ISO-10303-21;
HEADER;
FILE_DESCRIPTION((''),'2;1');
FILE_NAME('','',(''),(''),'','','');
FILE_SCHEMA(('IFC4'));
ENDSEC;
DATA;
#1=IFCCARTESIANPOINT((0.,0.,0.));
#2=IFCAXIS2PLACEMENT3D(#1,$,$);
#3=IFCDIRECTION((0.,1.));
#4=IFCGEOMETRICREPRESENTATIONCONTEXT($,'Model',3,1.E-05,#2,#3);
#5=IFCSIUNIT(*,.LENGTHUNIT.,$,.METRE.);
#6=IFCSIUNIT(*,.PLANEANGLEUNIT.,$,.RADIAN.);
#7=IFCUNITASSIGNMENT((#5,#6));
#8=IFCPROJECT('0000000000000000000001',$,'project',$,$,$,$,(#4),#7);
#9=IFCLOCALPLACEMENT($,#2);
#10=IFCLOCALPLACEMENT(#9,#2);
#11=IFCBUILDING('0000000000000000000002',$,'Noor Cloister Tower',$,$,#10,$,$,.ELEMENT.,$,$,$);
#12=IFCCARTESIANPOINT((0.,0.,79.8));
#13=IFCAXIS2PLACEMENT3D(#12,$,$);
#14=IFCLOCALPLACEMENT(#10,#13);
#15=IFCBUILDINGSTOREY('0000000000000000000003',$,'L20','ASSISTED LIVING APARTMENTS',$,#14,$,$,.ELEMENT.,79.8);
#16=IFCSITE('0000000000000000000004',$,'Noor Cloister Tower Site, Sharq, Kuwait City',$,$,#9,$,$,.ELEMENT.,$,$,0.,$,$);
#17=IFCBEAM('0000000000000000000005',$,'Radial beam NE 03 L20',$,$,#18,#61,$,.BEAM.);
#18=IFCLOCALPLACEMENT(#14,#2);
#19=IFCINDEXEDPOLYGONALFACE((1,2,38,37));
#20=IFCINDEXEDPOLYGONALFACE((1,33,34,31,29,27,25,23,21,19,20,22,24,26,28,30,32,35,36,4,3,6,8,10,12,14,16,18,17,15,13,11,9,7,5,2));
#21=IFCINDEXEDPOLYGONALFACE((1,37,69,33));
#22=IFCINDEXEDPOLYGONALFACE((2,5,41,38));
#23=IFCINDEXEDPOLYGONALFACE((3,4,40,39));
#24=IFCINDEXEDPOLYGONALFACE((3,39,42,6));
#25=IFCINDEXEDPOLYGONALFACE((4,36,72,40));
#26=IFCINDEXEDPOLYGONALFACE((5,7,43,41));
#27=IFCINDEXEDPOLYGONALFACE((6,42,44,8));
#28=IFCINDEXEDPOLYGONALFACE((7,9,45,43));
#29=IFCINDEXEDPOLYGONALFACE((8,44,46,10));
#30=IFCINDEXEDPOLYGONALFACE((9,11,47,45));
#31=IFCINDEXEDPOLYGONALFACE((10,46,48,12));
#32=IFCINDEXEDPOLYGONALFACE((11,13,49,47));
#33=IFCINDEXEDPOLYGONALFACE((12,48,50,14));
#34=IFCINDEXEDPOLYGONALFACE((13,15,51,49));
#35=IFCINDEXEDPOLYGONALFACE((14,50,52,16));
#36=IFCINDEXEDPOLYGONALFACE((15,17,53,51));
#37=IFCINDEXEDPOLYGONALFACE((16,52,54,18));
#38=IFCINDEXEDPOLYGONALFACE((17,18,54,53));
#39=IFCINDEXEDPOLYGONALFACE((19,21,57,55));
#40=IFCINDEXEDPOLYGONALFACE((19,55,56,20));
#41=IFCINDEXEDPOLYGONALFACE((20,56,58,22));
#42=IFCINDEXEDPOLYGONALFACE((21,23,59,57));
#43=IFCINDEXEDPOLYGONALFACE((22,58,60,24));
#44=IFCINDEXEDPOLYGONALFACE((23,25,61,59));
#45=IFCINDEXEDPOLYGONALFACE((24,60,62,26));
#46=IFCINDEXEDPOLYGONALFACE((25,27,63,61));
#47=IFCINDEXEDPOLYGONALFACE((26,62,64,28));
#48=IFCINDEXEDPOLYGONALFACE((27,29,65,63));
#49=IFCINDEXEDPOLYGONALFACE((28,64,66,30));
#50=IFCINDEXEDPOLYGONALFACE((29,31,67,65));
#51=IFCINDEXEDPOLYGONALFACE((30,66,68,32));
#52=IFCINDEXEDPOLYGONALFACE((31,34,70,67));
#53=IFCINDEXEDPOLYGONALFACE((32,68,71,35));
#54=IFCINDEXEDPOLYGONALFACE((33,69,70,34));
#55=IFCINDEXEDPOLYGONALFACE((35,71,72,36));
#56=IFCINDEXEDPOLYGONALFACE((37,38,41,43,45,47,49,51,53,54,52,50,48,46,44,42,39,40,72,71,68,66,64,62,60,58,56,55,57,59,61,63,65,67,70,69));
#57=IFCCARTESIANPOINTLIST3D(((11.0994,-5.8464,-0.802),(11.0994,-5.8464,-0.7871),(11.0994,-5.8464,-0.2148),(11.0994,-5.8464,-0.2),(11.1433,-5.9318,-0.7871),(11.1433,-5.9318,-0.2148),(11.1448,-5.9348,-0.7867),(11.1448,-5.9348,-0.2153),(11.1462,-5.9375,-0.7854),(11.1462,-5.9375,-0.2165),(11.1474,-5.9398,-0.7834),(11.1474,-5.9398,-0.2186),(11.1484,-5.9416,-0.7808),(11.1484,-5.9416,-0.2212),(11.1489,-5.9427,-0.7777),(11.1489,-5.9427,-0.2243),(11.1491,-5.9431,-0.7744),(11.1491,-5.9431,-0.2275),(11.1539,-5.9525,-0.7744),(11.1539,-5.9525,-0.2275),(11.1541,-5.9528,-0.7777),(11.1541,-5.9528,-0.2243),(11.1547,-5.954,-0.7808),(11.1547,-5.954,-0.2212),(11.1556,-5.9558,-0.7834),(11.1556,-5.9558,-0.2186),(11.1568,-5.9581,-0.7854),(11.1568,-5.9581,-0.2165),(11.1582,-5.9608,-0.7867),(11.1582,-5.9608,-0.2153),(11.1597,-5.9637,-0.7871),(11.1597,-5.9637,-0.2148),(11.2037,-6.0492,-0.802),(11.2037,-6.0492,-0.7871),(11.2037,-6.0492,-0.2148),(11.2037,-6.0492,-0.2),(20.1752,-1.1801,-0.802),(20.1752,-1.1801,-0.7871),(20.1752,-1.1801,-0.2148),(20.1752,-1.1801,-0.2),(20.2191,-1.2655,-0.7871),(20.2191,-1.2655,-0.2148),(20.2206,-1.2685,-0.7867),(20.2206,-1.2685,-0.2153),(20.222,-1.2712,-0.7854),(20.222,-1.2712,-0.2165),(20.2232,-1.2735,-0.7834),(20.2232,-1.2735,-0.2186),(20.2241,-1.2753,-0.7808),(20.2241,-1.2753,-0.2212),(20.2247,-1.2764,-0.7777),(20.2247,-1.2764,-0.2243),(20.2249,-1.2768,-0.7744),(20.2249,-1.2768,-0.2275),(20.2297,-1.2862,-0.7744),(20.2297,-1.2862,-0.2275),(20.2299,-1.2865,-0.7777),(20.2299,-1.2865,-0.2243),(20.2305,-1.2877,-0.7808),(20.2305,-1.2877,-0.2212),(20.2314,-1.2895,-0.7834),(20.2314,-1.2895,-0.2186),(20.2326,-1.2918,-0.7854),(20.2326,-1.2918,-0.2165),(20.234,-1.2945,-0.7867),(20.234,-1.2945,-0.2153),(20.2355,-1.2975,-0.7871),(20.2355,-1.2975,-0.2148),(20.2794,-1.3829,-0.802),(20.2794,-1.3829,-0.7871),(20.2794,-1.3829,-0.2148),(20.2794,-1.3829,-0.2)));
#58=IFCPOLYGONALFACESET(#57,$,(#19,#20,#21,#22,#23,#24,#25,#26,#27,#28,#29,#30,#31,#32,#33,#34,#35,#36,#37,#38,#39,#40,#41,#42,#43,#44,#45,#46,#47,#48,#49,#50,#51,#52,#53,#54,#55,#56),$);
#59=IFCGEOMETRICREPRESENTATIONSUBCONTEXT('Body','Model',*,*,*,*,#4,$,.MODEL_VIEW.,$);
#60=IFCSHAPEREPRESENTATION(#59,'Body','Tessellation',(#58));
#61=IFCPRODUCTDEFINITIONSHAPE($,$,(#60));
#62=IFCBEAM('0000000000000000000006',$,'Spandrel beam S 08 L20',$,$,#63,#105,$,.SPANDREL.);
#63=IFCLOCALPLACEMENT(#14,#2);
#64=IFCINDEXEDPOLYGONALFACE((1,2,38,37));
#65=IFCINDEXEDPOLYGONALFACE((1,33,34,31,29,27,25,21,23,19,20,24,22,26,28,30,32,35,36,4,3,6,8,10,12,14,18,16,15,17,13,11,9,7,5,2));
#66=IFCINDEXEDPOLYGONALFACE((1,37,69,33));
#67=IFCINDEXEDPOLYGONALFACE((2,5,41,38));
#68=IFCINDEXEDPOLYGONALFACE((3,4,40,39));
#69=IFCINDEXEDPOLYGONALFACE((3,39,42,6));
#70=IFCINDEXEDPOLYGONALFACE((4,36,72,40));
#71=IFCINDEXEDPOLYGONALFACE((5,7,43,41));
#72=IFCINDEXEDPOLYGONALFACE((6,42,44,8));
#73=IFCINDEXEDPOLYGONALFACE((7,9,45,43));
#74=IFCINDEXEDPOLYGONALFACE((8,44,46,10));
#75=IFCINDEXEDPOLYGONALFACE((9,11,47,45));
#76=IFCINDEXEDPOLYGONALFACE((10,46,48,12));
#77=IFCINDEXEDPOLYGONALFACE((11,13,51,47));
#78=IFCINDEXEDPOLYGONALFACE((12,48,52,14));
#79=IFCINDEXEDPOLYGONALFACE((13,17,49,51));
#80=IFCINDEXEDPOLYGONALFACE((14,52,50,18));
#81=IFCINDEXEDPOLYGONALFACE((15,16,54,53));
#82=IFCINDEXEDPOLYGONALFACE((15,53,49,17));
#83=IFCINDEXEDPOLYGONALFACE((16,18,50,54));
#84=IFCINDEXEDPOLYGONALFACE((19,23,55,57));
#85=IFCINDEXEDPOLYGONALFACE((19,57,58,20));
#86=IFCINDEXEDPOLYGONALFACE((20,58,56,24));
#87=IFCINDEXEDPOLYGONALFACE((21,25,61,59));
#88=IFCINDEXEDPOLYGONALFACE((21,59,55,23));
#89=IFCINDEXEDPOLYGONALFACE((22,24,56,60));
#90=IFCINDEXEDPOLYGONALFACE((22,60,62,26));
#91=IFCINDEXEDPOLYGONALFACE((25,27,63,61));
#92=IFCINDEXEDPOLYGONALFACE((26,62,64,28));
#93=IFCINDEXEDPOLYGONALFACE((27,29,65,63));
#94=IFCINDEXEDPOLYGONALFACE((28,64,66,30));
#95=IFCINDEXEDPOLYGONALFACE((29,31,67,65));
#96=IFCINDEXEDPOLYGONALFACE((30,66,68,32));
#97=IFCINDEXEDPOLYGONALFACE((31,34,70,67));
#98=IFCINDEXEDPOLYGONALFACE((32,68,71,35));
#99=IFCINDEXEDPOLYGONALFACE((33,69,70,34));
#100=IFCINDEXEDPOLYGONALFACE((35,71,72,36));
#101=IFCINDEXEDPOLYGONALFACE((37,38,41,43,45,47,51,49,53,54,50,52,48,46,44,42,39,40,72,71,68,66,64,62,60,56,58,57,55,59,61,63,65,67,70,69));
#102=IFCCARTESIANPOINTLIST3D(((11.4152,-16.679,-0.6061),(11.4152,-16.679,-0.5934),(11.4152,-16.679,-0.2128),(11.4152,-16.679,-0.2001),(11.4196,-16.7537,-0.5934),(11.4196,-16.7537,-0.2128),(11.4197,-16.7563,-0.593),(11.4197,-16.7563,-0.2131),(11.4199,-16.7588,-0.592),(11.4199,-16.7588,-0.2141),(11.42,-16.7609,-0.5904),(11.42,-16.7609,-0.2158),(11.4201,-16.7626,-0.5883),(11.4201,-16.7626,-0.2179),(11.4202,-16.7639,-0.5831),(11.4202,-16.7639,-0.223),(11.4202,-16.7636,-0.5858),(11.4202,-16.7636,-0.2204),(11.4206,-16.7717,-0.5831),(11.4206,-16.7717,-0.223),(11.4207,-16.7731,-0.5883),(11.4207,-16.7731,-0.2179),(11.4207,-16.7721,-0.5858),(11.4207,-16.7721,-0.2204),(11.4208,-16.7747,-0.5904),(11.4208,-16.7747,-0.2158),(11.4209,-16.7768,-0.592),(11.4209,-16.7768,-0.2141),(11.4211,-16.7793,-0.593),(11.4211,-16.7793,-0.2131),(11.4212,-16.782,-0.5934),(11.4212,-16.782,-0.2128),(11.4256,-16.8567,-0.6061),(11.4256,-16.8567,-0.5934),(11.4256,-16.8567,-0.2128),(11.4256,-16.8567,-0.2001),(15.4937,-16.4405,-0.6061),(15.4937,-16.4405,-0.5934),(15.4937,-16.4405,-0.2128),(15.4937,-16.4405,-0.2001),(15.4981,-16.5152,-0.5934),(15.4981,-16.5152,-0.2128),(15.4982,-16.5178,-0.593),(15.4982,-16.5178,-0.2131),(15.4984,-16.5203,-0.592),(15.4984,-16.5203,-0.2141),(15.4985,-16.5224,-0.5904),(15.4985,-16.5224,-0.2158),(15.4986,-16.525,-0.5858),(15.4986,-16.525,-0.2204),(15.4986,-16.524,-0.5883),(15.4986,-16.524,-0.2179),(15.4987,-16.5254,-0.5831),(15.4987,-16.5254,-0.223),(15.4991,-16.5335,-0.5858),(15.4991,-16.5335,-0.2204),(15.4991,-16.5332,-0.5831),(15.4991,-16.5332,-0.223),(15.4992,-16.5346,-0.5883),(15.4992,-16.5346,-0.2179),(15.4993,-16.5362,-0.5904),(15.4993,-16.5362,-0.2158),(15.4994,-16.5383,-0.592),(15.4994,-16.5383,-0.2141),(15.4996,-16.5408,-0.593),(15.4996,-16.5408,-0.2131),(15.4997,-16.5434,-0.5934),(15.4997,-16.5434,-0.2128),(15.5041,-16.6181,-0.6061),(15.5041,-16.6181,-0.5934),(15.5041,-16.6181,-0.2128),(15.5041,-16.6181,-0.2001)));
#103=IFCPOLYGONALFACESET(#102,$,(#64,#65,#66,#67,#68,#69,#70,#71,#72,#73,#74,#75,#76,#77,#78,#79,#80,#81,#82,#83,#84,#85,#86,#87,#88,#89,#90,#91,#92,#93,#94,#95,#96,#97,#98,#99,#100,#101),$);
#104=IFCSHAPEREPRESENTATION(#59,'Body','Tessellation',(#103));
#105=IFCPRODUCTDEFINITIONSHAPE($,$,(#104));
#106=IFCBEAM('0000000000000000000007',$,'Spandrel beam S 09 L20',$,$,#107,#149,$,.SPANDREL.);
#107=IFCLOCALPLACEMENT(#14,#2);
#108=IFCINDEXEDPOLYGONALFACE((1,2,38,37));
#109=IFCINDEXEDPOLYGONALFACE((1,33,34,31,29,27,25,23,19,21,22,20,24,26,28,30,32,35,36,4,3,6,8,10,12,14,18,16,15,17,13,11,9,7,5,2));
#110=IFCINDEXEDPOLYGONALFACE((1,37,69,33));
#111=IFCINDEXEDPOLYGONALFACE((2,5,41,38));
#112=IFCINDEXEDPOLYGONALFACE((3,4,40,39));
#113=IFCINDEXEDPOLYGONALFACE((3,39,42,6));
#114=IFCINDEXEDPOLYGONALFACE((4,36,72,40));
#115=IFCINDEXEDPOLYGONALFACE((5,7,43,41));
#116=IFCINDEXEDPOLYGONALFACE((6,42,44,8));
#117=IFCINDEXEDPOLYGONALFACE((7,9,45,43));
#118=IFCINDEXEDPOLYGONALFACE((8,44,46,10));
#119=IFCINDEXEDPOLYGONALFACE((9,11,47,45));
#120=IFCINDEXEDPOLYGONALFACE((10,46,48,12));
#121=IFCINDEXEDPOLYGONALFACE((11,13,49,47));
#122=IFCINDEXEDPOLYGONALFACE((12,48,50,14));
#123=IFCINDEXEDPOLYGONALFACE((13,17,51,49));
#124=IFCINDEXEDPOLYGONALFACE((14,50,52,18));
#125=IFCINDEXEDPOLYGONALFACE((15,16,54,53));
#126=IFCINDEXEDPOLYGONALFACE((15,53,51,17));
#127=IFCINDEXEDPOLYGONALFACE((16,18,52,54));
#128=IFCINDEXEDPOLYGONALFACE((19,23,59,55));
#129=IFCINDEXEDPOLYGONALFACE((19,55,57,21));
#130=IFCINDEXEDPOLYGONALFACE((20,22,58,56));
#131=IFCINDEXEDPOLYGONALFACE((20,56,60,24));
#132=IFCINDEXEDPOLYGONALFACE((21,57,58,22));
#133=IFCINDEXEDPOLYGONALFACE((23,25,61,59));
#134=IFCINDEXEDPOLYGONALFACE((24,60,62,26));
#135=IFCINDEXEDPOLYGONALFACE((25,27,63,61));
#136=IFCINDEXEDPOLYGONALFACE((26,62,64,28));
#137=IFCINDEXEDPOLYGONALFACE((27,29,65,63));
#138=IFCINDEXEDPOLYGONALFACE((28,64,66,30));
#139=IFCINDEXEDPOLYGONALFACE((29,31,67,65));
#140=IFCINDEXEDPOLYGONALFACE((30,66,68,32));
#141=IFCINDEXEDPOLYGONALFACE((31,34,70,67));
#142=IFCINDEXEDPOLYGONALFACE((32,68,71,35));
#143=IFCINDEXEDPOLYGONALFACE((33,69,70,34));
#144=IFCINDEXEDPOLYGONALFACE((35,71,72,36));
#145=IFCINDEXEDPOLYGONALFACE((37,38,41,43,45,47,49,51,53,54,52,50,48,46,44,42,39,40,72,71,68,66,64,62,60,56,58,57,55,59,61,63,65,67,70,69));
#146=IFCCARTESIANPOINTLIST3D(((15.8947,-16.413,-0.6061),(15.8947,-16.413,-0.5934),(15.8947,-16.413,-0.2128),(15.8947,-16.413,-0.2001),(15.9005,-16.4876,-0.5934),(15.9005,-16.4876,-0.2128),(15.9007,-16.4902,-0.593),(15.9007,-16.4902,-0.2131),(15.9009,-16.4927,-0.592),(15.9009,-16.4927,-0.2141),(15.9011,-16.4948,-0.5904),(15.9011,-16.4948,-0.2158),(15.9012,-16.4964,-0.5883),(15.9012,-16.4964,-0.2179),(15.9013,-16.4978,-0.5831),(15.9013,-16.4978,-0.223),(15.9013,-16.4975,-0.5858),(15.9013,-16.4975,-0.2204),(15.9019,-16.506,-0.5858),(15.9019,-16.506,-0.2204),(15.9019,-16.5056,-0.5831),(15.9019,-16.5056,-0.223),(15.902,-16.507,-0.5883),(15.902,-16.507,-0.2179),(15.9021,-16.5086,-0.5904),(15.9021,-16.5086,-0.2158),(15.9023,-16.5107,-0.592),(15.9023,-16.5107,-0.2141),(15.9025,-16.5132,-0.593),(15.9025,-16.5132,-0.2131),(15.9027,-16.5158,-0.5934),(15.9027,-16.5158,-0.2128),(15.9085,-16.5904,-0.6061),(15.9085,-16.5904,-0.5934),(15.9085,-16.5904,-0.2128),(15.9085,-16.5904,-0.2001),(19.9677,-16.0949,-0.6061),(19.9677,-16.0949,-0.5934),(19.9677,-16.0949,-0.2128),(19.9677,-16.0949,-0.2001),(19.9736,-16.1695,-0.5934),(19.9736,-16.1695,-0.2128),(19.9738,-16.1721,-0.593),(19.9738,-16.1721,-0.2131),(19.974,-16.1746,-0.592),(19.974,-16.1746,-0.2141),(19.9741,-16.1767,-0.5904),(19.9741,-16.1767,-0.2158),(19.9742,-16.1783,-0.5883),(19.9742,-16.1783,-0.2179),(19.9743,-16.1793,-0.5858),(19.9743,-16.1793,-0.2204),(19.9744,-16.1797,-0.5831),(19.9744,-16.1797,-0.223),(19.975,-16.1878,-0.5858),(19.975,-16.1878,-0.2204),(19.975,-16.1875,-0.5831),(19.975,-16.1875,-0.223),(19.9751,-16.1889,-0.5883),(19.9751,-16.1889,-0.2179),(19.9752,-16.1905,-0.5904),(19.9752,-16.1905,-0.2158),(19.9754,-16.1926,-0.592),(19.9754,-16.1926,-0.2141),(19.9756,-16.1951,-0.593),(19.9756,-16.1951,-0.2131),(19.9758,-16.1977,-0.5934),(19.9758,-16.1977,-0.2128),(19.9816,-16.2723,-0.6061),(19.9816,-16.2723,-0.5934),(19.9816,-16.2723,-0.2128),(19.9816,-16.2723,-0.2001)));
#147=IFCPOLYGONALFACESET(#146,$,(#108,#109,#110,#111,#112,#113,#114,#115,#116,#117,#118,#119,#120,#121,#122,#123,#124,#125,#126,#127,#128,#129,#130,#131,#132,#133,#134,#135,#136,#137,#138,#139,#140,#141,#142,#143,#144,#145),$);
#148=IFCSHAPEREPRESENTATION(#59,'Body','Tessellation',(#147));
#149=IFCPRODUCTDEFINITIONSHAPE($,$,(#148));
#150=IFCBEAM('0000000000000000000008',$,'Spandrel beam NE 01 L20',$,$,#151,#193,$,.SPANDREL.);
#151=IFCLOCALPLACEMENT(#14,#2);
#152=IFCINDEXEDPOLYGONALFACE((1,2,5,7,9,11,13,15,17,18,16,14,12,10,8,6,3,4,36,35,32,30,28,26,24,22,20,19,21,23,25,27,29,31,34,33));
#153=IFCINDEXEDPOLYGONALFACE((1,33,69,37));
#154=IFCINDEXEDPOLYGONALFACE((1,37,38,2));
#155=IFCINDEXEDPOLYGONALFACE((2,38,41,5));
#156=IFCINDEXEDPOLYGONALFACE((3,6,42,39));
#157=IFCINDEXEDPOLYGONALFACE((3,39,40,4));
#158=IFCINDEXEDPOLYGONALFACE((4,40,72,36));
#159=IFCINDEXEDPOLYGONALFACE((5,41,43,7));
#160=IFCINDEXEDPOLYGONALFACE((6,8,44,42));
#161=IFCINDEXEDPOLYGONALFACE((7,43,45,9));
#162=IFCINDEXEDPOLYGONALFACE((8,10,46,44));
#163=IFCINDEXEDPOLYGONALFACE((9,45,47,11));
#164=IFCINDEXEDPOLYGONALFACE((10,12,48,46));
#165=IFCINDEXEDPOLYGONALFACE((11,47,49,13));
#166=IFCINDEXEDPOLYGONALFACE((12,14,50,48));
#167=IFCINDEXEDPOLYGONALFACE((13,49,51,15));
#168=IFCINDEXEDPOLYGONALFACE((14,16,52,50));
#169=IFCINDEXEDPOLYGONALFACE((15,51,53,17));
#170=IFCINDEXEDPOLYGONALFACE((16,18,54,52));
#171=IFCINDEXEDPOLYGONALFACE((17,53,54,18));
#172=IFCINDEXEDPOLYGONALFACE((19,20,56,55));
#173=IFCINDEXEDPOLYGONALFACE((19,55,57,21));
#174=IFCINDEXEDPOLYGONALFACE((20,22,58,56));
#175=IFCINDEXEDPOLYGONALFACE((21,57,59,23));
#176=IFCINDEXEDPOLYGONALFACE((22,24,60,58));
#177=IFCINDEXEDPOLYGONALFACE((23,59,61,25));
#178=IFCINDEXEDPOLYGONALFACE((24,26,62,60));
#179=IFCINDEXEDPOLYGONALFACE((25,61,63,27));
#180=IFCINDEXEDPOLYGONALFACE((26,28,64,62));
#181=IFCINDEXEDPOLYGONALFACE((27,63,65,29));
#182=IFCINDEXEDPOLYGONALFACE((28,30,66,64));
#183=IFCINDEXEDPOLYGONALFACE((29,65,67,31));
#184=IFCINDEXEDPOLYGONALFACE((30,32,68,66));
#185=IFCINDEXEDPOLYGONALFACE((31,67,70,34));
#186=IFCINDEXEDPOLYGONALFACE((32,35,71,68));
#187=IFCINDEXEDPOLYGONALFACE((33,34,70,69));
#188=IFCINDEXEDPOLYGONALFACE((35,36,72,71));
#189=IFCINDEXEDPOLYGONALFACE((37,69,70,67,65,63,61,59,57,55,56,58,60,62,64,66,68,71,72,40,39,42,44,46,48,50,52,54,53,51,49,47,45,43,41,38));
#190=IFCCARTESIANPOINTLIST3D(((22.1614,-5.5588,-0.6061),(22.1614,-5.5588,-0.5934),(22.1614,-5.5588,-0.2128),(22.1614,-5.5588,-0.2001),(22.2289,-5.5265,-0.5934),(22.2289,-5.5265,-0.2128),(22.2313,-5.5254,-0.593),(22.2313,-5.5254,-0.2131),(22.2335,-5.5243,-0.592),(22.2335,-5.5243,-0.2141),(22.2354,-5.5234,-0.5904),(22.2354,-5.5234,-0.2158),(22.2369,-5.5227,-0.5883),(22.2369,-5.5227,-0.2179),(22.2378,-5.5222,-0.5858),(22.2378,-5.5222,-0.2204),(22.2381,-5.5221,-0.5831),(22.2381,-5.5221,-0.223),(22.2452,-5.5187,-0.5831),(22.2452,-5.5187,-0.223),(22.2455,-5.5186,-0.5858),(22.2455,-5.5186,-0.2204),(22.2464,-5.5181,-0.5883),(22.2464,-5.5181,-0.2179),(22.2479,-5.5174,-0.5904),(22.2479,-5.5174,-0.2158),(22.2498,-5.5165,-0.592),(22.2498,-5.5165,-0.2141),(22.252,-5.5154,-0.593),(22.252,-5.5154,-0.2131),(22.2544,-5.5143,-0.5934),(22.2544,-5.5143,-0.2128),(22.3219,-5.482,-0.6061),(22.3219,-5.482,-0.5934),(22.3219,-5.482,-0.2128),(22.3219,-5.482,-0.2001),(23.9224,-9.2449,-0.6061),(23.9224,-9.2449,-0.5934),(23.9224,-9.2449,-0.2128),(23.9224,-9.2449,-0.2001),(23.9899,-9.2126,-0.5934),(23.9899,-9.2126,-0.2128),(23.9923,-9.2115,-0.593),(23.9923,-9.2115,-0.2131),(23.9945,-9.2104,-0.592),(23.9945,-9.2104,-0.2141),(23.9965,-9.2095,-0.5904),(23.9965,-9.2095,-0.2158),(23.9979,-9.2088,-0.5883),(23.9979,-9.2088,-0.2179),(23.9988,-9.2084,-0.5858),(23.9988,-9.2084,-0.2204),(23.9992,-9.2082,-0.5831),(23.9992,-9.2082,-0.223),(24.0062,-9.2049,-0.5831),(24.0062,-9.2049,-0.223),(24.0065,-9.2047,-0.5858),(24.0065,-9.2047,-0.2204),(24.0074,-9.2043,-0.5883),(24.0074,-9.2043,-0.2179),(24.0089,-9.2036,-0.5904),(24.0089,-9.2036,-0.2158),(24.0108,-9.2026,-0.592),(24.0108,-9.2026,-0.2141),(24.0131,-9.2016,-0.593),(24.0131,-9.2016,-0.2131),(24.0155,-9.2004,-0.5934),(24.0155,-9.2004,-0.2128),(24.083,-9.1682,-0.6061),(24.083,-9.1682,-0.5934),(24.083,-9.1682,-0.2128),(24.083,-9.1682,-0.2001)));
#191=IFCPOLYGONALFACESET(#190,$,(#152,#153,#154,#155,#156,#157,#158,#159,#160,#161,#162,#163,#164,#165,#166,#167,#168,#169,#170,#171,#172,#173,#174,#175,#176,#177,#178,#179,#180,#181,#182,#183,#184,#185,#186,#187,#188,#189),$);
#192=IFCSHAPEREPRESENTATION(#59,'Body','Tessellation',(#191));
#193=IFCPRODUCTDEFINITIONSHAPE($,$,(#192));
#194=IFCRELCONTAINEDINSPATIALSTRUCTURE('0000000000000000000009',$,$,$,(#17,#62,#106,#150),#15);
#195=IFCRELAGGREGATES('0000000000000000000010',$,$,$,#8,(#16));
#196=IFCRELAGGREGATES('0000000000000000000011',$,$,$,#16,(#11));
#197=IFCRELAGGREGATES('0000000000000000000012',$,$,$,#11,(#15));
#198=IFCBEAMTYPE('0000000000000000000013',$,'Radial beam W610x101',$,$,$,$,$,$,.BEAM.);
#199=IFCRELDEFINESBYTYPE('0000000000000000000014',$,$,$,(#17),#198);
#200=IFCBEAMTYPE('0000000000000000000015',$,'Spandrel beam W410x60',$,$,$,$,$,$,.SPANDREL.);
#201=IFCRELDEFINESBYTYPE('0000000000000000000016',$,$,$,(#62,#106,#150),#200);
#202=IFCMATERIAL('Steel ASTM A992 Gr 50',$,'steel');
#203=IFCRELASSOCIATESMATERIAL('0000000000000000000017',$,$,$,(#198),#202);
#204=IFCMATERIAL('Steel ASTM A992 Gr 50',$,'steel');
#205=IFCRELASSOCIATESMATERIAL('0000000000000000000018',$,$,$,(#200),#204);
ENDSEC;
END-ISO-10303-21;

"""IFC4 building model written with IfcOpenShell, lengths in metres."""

from ifc_helpers import new_model, si_unit, direction, frame, origin, origin_2d, place, context, subcontext, project, spatial, i_section, extrude, material, material_profile, profile_set, type_object, element, save


model = new_model("IFC4")

# Units and contexts
model_context = context("Model", 3, precision=1e-05, world=origin(), true_north=direction((0.0, 1.0)))
body_context = subcontext(model_context, "Body", "Model", "MODEL_VIEW")
ifc_project = project(units=[si_unit("LENGTHUNIT", "METRE"), si_unit("PLANEANGLEUNIT", "RADIAN")], contexts=[model_context])

# Site, building, storey
site_placement = place(None, origin())
site = spatial("IfcSite", under=ifc_project, at=site_placement, Name="Noor Cloister Tower Site, Sharq, Kuwait City", CompositionType="ELEMENT", RefElevation=0.0)
building_placement = place(site_placement, origin())
building = spatial("IfcBuilding", under=site, at=building_placement, Name="Noor Cloister Tower", CompositionType="ELEMENT")
storey_placement = place(building_placement, frame((0.0, 0.0, 79.8)))
storey = spatial("IfcBuildingStorey", under=building, at=storey_placement, Name="L20", Description="ASSISTED LIVING APARTMENTS", CompositionType="ELEMENT", Elevation=79.8)

# Beams
ifc_material_1 = material(Name="Steel ASTM A992 Gr 50", Category="steel")
ifc_material_profile_1 = material_profile(ifc_material_1, i_section(OverallWidth=0.228, OverallDepth=0.6021, WebThickness=0.0105, FlangeThickness=0.0149, FilletRadius=0.0127, at=origin_2d()), Name="W610x101")
ifc_profile_set_1 = profile_set([ifc_material_profile_1], Name="Steel ASTM A992 Gr 50")
beam_type_1 = type_object("IfcBeamType", Name="Radial beam W610x101", PredefinedType="BEAM", material=ifc_profile_set_1)
beam_1_placement = place(storey_placement, frame((20.2273, -1.2815, -0.501), z_axis=(-0.889337, -0.457252, 0.0), x_axis=(0.457252, -0.889337, 0.0)))
element("IfcBeam", 1, at=beam_1_placement, inside=storey, type_object=beam_type_1, Name="Radial beam NE 03 L20", PredefinedType="BEAM", context=body_context, shape_type="SweptSolid", body=[
    extrude(i_section(OverallWidth=0.228, OverallDepth=0.6021, WebThickness=0.0105, FlangeThickness=0.0149, FilletRadius=0.0127, at=origin_2d()), origin(), (0.0, 0.0, 1.0), 10.2051),
])
ifc_material_2 = material(Name="Steel ASTM A992 Gr 50", Category="steel")
ifc_material_profile_2 = material_profile(ifc_material_2, i_section(OverallWidth=0.178, OverallDepth=0.406, WebThickness=0.0078, FlangeThickness=0.0127, FilletRadius=0.0103, at=origin_2d()), Name="W410x60")
ifc_profile_set_2 = profile_set([ifc_material_profile_2], Name="Steel ASTM A992 Gr 50")
beam_type_2 = type_object("IfcBeamType", Name="Spandrel beam W410x60", PredefinedType="SPANDREL", material=ifc_profile_set_2)
for number, where, z_axis, x_axis, name in (
    (2, (11.4204, -16.7678, -0.4031), (0.998294, 0.058386, 0.0), (-0.058386, 0.998294, 0.0), "Spandrel beam S 08 L20"),
    (3, (15.9016, -16.5017, -0.4031), (0.996964, 0.077866, 0.0), (-0.077866, 0.996964, 0.0), "Spandrel beam S 09 L20"),
):
    element("IfcBeam", number, at=place(storey_placement, frame(where, z_axis=z_axis, x_axis=x_axis)), inside=storey, type_object=beam_type_2, Name=name, PredefinedType="SPANDREL", context=body_context, shape_type="SweptSolid", body=[
        extrude(i_section(OverallWidth=0.178, OverallDepth=0.406, WebThickness=0.0078, FlangeThickness=0.0127, FilletRadius=0.0103, at=origin_2d()), origin(), (0.0, 0.0, 1.0), 4.0854),
    ])
for number, where, z_axis, x_axis, name in (
    (4, (24.0027, -9.2065, -0.4031), (-0.431077, 0.902315, 0.0), (-0.902315, -0.431077, 0.0), "Spandrel beam NE 01 L20"),
):
    element("IfcBeam", number, at=place(storey_placement, frame(where, z_axis=z_axis, x_axis=x_axis)), inside=storey, type_object=beam_type_2, Name=name, PredefinedType="SPANDREL", context=body_context, shape_type="SweptSolid", body=[
        extrude(i_section(OverallWidth=0.178, OverallDepth=0.406, WebThickness=0.0078, FlangeThickness=0.0127, FilletRadius=0.0103, at=origin_2d()), origin(), (0.0, 0.0, 1.0), 4.0852),
    ])

save(model, "model.ifc")
